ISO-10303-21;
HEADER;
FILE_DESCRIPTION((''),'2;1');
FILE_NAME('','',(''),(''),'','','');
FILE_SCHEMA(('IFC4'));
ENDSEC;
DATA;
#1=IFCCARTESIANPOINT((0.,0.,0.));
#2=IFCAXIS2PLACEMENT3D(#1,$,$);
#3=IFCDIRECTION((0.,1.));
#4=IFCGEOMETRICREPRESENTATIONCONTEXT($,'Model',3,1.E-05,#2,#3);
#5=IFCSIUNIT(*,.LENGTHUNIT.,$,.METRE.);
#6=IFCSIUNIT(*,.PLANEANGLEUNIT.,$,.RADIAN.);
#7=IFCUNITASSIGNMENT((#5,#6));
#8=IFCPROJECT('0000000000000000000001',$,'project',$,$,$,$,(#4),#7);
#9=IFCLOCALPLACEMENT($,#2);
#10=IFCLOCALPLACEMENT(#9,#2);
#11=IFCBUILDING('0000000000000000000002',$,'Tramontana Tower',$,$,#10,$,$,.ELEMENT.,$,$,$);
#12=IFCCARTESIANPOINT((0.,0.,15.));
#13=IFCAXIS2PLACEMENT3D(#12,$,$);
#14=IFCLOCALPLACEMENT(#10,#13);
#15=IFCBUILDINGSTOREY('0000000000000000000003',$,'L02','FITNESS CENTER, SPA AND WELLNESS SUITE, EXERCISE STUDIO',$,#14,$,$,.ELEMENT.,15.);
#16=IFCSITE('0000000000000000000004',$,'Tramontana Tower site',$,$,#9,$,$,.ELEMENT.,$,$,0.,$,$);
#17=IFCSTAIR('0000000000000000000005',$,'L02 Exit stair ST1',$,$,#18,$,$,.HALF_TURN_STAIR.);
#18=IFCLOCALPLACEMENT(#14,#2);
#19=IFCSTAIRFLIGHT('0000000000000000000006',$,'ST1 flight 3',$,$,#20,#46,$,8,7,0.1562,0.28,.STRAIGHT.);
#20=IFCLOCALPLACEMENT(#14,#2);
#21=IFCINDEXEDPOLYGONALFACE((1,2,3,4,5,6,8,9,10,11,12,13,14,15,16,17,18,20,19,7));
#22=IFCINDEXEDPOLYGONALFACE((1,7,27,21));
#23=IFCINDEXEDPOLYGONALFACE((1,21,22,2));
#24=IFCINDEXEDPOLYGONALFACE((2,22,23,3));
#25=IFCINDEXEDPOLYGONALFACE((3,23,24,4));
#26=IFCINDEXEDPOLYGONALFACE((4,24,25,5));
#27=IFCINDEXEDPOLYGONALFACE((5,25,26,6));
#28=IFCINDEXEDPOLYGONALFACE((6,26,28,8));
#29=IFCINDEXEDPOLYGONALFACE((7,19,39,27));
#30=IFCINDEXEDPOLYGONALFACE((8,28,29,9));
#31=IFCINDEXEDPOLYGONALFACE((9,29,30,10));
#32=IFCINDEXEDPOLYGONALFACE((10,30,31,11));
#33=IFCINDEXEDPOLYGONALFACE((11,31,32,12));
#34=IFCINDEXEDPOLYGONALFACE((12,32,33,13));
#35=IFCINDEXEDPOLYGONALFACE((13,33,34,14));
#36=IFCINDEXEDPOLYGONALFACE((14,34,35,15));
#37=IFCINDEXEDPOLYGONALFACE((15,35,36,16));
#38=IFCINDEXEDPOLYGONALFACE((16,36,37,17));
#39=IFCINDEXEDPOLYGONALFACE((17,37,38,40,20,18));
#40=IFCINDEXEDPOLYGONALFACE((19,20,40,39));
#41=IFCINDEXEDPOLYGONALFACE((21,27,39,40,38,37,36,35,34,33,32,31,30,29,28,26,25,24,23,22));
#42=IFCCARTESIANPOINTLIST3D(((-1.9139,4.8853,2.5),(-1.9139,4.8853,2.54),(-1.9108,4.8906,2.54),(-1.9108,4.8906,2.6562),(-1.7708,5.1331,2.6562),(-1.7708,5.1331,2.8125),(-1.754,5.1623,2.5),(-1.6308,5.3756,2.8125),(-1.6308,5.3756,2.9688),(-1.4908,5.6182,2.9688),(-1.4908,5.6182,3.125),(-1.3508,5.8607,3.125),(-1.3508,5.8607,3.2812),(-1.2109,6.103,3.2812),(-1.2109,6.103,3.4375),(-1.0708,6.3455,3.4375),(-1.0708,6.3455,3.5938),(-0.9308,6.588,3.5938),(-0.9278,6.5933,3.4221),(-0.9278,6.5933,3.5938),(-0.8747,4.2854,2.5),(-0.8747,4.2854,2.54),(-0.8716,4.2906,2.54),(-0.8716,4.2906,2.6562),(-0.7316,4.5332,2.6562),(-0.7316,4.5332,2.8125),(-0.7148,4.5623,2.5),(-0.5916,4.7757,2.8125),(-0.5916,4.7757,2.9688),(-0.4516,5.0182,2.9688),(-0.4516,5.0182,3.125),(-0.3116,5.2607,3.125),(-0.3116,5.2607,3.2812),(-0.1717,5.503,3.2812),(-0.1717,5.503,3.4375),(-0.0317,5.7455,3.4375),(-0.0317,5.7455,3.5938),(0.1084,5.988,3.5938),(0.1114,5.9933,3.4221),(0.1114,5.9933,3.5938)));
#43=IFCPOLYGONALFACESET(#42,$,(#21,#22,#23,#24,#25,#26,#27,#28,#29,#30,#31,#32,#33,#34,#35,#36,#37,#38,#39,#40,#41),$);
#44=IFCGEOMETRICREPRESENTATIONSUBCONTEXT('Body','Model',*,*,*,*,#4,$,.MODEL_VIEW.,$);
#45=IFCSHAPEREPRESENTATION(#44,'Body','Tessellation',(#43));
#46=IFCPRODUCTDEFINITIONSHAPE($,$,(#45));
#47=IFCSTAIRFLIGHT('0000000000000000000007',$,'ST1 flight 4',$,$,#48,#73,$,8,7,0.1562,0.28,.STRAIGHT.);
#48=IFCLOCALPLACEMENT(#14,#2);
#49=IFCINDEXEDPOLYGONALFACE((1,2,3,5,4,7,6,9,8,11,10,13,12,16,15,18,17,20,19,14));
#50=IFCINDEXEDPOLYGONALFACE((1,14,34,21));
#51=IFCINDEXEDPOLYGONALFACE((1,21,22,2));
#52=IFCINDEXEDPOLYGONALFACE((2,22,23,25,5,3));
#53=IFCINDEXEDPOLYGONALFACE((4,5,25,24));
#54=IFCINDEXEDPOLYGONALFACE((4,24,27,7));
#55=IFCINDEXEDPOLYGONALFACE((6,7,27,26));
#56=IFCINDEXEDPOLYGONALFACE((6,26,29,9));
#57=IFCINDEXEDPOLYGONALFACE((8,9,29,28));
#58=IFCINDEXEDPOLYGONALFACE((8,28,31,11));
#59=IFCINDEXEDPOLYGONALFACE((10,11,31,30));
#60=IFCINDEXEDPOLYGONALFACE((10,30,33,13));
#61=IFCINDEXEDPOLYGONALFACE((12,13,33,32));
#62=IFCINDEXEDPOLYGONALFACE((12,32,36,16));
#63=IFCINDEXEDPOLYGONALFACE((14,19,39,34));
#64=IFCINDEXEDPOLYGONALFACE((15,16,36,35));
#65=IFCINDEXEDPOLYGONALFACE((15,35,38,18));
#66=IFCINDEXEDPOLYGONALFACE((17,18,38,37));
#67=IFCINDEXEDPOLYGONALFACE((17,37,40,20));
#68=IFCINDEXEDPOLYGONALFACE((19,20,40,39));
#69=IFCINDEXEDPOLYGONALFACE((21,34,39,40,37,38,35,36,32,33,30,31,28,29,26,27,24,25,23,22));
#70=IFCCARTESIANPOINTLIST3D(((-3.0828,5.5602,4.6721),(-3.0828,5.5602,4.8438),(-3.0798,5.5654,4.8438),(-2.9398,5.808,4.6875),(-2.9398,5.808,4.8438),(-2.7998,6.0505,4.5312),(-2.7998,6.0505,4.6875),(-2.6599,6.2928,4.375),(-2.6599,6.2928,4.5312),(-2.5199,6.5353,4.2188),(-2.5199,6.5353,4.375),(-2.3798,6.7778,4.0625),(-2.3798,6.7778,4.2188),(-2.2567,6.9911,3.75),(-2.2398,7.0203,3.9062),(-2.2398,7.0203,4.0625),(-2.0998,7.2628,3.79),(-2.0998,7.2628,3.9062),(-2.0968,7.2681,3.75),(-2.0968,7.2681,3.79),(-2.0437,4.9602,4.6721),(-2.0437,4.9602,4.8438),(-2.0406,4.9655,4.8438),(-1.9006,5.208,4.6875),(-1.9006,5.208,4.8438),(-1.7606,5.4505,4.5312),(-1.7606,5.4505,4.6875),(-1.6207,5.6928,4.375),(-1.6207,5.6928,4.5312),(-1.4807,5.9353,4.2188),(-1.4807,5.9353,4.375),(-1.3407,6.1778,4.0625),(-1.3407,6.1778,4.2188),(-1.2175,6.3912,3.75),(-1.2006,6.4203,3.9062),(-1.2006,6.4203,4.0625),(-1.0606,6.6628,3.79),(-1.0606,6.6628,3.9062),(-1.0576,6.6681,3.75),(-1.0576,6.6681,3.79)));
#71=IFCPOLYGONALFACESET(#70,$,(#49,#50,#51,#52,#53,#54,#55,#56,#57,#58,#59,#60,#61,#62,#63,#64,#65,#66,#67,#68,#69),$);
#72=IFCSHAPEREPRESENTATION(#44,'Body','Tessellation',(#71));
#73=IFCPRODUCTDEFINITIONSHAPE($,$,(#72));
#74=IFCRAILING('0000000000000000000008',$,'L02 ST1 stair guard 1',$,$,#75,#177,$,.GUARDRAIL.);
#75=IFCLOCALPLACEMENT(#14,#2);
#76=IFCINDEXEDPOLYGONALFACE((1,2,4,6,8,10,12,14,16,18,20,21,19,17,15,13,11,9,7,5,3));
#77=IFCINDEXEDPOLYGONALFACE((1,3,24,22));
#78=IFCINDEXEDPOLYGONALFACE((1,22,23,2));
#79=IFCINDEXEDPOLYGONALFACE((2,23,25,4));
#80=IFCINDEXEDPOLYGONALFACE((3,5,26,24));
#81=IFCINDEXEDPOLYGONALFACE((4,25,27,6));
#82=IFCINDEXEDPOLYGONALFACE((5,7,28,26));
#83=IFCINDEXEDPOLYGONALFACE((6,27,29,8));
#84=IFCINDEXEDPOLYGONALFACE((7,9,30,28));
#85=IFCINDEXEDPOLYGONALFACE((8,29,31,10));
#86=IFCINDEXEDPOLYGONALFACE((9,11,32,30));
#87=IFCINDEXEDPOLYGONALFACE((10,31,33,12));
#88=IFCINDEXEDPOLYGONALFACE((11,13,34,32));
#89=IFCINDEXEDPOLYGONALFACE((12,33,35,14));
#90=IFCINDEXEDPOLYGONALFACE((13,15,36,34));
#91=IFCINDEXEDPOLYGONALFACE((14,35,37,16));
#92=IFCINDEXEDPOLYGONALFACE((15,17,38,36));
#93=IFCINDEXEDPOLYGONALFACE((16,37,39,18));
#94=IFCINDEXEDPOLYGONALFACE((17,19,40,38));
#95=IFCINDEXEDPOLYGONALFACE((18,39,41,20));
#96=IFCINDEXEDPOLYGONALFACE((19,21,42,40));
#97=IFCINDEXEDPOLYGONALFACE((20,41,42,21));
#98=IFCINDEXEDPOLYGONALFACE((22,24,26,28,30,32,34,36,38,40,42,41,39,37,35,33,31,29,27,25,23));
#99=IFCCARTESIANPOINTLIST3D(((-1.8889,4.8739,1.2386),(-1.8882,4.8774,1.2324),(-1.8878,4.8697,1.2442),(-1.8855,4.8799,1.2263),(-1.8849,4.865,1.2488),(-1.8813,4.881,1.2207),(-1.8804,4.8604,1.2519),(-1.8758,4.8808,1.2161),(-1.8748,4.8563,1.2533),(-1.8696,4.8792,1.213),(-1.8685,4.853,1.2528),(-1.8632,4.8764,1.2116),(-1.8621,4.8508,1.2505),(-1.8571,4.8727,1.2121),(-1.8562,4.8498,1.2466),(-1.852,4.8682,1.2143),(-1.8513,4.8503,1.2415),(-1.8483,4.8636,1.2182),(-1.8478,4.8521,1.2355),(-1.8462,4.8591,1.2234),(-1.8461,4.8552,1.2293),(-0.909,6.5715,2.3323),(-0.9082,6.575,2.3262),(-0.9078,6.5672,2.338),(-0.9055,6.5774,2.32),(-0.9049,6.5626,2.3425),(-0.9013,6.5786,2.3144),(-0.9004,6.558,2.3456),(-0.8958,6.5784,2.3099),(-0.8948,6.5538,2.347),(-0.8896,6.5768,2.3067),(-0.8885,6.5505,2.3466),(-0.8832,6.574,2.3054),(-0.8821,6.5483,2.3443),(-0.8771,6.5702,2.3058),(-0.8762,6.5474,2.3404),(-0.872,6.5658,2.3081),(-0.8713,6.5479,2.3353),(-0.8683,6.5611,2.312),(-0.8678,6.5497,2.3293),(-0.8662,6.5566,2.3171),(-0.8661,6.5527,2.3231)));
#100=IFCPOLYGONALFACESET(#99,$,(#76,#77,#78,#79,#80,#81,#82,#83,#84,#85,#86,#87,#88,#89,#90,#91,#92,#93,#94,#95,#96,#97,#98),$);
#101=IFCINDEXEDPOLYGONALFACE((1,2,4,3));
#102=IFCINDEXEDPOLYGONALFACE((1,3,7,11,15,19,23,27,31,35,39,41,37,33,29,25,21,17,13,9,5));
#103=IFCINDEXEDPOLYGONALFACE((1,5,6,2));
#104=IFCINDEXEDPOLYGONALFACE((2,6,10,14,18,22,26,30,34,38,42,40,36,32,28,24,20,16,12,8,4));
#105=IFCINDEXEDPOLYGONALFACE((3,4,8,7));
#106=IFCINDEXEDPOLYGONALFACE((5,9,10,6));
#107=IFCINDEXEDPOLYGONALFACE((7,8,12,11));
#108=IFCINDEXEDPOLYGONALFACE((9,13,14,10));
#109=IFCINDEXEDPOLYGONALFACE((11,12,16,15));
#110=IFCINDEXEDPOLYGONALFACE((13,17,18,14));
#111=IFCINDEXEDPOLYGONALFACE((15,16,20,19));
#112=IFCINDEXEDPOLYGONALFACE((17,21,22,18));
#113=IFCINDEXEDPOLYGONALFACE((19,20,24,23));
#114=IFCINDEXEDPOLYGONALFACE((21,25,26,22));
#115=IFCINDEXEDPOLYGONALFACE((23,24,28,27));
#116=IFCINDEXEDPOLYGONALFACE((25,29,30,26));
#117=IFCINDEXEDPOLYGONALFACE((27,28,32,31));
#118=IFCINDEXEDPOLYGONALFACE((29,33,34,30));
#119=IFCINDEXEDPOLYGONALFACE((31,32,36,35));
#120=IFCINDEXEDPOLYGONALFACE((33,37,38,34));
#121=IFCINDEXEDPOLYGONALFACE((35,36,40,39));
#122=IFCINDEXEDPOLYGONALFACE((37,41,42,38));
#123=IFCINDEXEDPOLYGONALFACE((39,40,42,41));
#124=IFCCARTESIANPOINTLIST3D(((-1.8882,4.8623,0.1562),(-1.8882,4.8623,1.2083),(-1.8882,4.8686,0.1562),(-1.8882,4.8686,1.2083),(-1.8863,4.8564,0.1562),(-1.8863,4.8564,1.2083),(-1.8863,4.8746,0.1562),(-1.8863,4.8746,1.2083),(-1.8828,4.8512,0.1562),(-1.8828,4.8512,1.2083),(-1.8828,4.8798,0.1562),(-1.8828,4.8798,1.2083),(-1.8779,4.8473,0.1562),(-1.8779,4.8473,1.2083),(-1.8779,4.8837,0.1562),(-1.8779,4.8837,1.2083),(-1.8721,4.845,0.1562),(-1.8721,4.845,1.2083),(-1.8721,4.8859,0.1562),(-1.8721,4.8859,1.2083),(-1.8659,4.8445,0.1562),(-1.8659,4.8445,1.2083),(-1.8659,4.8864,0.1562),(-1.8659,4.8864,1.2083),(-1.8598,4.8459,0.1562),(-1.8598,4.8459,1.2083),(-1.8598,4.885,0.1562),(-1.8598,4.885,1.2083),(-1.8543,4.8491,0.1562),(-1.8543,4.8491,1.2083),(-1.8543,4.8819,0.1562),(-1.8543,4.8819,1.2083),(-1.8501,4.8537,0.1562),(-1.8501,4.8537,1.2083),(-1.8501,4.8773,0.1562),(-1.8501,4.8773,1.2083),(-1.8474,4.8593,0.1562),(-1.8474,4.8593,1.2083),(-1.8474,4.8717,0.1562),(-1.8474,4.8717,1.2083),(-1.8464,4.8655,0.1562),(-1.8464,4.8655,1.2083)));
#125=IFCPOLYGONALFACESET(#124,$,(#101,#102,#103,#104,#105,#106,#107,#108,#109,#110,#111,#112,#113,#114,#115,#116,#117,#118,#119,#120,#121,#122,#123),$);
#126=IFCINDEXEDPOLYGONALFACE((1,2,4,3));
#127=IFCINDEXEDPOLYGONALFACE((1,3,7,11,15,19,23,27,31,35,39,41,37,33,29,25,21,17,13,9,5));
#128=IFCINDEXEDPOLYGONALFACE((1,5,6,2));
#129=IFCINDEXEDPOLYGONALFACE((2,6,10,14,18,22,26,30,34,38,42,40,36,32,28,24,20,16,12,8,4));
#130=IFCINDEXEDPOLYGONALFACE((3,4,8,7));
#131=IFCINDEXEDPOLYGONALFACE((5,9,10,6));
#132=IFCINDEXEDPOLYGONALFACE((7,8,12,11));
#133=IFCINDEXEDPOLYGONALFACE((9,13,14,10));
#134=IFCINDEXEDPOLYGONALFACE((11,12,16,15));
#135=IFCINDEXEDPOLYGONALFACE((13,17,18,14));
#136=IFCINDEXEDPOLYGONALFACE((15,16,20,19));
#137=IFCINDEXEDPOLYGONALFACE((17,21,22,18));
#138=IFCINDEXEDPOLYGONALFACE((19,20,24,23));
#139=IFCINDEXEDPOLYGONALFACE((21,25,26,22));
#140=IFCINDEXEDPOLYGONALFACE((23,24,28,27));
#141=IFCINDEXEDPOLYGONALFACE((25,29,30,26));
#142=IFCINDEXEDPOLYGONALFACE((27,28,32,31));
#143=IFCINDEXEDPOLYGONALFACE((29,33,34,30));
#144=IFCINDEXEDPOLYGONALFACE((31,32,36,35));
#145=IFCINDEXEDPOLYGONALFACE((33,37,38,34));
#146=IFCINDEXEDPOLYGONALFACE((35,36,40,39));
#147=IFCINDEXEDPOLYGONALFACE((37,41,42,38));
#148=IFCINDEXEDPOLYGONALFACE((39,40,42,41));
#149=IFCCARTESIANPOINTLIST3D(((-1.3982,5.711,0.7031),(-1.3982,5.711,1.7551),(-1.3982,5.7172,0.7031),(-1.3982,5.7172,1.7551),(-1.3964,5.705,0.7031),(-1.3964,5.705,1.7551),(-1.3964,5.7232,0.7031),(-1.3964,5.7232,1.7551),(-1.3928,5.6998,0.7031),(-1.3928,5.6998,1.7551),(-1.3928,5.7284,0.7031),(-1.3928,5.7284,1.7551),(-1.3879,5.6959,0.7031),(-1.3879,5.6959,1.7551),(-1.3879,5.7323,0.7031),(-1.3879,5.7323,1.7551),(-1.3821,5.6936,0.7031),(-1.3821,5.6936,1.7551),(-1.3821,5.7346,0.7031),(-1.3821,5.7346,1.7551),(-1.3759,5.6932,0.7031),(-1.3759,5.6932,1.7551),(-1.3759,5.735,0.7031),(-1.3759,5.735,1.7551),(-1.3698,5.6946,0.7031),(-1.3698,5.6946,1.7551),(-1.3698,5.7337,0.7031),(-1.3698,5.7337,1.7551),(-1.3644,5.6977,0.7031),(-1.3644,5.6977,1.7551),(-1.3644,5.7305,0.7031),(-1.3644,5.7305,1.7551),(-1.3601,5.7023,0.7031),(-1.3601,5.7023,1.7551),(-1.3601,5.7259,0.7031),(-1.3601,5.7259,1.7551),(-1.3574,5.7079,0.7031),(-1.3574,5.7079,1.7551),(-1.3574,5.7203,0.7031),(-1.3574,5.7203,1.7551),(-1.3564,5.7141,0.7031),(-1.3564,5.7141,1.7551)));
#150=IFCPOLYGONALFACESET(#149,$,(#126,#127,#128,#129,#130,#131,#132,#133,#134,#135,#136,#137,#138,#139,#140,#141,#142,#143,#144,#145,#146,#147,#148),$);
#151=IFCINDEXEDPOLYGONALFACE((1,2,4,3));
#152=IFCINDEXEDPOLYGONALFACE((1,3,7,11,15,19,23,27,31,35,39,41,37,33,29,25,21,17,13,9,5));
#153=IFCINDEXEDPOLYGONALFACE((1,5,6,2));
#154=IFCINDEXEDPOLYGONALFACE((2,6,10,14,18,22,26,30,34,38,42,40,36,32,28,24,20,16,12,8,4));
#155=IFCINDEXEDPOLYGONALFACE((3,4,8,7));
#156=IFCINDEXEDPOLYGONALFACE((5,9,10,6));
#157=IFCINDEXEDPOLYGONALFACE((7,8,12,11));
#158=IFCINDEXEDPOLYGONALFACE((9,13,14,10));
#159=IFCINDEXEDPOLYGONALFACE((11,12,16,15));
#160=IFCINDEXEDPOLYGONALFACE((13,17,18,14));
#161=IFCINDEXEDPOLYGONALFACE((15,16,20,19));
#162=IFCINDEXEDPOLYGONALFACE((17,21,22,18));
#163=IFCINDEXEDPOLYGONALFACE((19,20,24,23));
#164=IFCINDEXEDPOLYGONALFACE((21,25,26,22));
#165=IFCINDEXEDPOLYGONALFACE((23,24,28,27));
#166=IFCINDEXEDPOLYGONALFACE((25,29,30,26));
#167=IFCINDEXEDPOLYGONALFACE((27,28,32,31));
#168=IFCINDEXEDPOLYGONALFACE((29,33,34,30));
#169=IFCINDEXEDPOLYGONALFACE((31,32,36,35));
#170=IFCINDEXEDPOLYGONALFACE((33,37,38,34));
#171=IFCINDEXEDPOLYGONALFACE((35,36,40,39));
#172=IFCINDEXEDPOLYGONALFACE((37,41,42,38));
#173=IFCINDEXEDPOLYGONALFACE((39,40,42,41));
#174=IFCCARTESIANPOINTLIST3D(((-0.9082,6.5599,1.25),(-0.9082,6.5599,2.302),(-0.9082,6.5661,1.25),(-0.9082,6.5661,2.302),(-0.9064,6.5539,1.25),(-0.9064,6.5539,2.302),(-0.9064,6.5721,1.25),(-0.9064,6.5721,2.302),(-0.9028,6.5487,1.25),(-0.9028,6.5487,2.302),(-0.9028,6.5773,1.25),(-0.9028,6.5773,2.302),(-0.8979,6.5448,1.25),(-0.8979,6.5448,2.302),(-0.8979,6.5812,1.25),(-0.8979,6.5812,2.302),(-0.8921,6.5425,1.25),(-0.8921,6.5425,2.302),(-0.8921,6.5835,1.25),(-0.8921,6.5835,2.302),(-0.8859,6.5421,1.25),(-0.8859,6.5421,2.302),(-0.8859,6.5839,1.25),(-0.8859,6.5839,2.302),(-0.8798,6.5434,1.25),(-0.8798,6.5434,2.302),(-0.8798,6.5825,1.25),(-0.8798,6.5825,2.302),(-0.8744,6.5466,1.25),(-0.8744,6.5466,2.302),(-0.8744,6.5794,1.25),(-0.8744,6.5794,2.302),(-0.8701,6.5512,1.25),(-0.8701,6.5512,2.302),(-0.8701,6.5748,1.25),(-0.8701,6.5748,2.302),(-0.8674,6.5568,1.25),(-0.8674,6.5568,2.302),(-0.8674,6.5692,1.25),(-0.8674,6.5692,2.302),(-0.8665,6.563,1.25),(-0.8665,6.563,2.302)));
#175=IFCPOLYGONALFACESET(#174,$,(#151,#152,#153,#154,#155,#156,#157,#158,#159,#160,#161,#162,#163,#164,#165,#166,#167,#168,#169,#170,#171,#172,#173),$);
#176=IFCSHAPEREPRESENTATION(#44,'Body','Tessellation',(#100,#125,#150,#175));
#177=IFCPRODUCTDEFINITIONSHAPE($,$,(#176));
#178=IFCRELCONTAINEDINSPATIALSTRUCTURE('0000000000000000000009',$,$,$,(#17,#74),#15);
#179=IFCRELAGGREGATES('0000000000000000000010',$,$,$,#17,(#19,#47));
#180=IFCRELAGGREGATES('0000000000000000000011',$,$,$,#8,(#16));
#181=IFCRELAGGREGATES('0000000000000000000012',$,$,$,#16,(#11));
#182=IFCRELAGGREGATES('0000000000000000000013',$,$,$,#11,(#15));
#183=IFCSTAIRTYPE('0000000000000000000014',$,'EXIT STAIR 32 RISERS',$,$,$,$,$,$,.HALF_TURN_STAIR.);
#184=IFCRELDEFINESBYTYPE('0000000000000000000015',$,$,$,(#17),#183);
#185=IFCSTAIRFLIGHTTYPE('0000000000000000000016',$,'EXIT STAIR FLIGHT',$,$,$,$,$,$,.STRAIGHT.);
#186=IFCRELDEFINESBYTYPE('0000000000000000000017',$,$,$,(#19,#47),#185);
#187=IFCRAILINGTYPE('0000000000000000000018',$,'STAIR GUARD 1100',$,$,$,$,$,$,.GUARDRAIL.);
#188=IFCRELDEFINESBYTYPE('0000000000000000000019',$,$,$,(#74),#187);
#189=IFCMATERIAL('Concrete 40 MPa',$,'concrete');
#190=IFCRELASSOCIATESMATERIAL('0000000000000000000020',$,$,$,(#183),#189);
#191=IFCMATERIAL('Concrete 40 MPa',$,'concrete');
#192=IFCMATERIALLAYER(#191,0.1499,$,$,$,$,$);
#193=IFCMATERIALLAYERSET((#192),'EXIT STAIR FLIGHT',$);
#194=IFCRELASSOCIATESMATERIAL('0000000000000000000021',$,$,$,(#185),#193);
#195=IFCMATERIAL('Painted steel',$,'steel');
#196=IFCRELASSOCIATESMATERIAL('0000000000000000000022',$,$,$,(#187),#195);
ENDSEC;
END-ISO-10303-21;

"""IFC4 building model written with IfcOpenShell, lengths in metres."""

from ifc_helpers import new_model, si_unit, direction, frame, origin, origin_2d, place, context, subcontext, project, spatial, polyline, circle, outline, extrude, material, layer, layer_set, type_object, element, aggregate, save


model = new_model("IFC4")

# Units and contexts
model_context = context("Model", 3, precision=1e-05, world=origin(), true_north=direction((0.0, 1.0)))
body_context = subcontext(model_context, "Body", "Model", "MODEL_VIEW")
ifc_project = project(units=[si_unit("LENGTHUNIT", "METRE"), si_unit("PLANEANGLEUNIT", "RADIAN")], contexts=[model_context])

# Site, building, storey
site_placement = place(None, origin())
site = spatial("IfcSite", under=ifc_project, at=site_placement, Name="Tramontana Tower site", CompositionType="ELEMENT", RefElevation=0.0)
building_placement = place(site_placement, origin())
building = spatial("IfcBuilding", under=site, at=building_placement, Name="Tramontana Tower", CompositionType="ELEMENT")
storey_placement = place(building_placement, frame((0.0, 0.0, 15.0)))
storey = spatial("IfcBuildingStorey", under=building, at=storey_placement, Name="L02", Description="FITNESS CENTER, SPA AND WELLNESS SUITE, EXERCISE STUDIO", CompositionType="ELEMENT", Elevation=15.0)

# Stair, stair flights
ifc_material_1 = material(Name="Concrete 40 MPa", Category="concrete")
stair_type = type_object("IfcStairType", Name="EXIT STAIR 32 RISERS", PredefinedType="HALF_TURN_STAIR", material=ifc_material_1)
stair_placement = place(storey_placement, origin())
stair = element("IfcStair", 1, at=stair_placement, inside=storey, type_object=stair_type, Name="L02 Exit stair ST1", PredefinedType="HALF_TURN_STAIR")
ifc_material_2 = material(Name="Concrete 40 MPa", Category="concrete")
ifc_layer_1 = layer(ifc_material_2, 0.1499)
ifc_layer_set_1 = layer_set([ifc_layer_1], Name="EXIT STAIR FLIGHT")
stair_flight_type = type_object("IfcStairFlightType", Name="EXIT STAIR FLIGHT", PredefinedType="STRAIGHT", material=ifc_layer_set_1)
stair_flight_1_placement = place(storey_placement, frame((-1.3911, 4.5906, 2.5), z_axis=(0.0, 0.0, 1.0), x_axis=(0.5, 0.866025, 0.0)))
stair_flight_1 = element("IfcStairFlight", 2, at=stair_flight_1_placement, type_object=stair_flight_type, Name="ST1 flight 3", NumberOfRisers=8, NumberOfTreads=7, PredefinedType="STRAIGHT", RiserHeight=0.1562, TreadLength=0.28, context=body_context, shape_type="SweptSolid", body=[
    extrude(outline(polyline([(-0.0061, 0.0), (-0.0061, 0.04), (0.0, 0.04), (0.0, 0.1562), (0.28, 0.1562), (0.28, 0.3125), (0.5601, 0.3125), (0.5601, 0.4688), (0.8401, 0.4688), (0.8401, 0.625), (1.1201, 0.625), (1.1201, 0.7812), (1.3999, 0.7812), (1.3999, 0.9375), (1.6799, 0.9375), (1.6799, 1.0938), (1.96, 1.0938), (1.9661, 1.0938), (1.9661, 0.9221), (0.3137, 0.0), (-0.0061, 0.0)])), frame((0.0, 0.6001, 0.0), z_axis=(0.0, -1.0, 0.0), x_axis=(1.0, 0.0, 0.0)), (0.0, 0.0, 1.0), 1.2),
])
stair_flight_2_placement = place(storey_placement, frame((-1.5803, 6.9629, 3.75), z_axis=(0.0, 0.0, 1.0), x_axis=(-0.5, -0.866025, 0.0)))
stair_flight_2 = element("IfcStairFlight", 3, at=stair_flight_2_placement, type_object=stair_flight_type, Name="ST1 flight 4", NumberOfRisers=8, NumberOfTreads=7, PredefinedType="STRAIGHT", RiserHeight=0.1562, TreadLength=0.28, context=body_context, shape_type="SweptSolid", body=[
    extrude(outline(polyline([(-0.0061, 0.0), (-0.0061, 0.04), (0.0, 0.04), (0.0, 0.1562), (0.28, 0.1562), (0.28, 0.3125), (0.5601, 0.3125), (0.5601, 0.4688), (0.8401, 0.4688), (0.8401, 0.625), (1.1201, 0.625), (1.1201, 0.7812), (1.3999, 0.7812), (1.3999, 0.9375), (1.6799, 0.9375), (1.6799, 1.0938), (1.96, 1.0938), (1.9661, 1.0938), (1.9661, 0.9221), (0.3137, 0.0), (-0.0061, 0.0)])), frame((0.0, 0.6001, 0.0), z_axis=(0.0, -1.0, 0.0), x_axis=(1.0, 0.0, 0.0)), (0.0, 0.0, 1.0), 1.2),
])
aggregate(stair, [stair_flight_1, stair_flight_2])

# Railing
ifc_material_3 = material(Name="Painted steel", Category="steel")
railing_type_1 = type_object("IfcRailingType", Name="STAIR GUARD 1100", PredefinedType="GUARDRAIL", material=ifc_material_3)
railing_1_placement = place(storey_placement, frame((-1.8674, 4.8655, 0.1562)))
element("IfcRailing", 4, at=railing_1_placement, inside=storey, type_object=railing_type_1, Name="L02 ST1 stair guard 1", PredefinedType="GUARDRAIL", context=body_context, shape_type="SweptSolid", body=[
    extrude(circle(Radius=0.0239, at=origin_2d()), frame((0.0, 0.0, 1.0762), z_axis=(0.436596, 0.756267, 0.487282), x_axis=(-0.866042, 0.49997, 0.0)), (0.0, 0.0, 1.0), 2.2446),
    extrude(circle(Radius=0.021, at=origin_2d()), origin(), (0.0, 0.0, 1.0), 1.052),
    extrude(circle(Radius=0.021, at=origin_2d()), frame((0.49, 0.8486, 0.5469)), (0.0, 0.0, 1.0), 1.052),
    extrude(circle(Radius=0.021, at=origin_2d()), frame((0.98, 1.6975, 1.0938)), (0.0, 0.0, 1.0), 1.052),
])

save(model, "model.ifc")
